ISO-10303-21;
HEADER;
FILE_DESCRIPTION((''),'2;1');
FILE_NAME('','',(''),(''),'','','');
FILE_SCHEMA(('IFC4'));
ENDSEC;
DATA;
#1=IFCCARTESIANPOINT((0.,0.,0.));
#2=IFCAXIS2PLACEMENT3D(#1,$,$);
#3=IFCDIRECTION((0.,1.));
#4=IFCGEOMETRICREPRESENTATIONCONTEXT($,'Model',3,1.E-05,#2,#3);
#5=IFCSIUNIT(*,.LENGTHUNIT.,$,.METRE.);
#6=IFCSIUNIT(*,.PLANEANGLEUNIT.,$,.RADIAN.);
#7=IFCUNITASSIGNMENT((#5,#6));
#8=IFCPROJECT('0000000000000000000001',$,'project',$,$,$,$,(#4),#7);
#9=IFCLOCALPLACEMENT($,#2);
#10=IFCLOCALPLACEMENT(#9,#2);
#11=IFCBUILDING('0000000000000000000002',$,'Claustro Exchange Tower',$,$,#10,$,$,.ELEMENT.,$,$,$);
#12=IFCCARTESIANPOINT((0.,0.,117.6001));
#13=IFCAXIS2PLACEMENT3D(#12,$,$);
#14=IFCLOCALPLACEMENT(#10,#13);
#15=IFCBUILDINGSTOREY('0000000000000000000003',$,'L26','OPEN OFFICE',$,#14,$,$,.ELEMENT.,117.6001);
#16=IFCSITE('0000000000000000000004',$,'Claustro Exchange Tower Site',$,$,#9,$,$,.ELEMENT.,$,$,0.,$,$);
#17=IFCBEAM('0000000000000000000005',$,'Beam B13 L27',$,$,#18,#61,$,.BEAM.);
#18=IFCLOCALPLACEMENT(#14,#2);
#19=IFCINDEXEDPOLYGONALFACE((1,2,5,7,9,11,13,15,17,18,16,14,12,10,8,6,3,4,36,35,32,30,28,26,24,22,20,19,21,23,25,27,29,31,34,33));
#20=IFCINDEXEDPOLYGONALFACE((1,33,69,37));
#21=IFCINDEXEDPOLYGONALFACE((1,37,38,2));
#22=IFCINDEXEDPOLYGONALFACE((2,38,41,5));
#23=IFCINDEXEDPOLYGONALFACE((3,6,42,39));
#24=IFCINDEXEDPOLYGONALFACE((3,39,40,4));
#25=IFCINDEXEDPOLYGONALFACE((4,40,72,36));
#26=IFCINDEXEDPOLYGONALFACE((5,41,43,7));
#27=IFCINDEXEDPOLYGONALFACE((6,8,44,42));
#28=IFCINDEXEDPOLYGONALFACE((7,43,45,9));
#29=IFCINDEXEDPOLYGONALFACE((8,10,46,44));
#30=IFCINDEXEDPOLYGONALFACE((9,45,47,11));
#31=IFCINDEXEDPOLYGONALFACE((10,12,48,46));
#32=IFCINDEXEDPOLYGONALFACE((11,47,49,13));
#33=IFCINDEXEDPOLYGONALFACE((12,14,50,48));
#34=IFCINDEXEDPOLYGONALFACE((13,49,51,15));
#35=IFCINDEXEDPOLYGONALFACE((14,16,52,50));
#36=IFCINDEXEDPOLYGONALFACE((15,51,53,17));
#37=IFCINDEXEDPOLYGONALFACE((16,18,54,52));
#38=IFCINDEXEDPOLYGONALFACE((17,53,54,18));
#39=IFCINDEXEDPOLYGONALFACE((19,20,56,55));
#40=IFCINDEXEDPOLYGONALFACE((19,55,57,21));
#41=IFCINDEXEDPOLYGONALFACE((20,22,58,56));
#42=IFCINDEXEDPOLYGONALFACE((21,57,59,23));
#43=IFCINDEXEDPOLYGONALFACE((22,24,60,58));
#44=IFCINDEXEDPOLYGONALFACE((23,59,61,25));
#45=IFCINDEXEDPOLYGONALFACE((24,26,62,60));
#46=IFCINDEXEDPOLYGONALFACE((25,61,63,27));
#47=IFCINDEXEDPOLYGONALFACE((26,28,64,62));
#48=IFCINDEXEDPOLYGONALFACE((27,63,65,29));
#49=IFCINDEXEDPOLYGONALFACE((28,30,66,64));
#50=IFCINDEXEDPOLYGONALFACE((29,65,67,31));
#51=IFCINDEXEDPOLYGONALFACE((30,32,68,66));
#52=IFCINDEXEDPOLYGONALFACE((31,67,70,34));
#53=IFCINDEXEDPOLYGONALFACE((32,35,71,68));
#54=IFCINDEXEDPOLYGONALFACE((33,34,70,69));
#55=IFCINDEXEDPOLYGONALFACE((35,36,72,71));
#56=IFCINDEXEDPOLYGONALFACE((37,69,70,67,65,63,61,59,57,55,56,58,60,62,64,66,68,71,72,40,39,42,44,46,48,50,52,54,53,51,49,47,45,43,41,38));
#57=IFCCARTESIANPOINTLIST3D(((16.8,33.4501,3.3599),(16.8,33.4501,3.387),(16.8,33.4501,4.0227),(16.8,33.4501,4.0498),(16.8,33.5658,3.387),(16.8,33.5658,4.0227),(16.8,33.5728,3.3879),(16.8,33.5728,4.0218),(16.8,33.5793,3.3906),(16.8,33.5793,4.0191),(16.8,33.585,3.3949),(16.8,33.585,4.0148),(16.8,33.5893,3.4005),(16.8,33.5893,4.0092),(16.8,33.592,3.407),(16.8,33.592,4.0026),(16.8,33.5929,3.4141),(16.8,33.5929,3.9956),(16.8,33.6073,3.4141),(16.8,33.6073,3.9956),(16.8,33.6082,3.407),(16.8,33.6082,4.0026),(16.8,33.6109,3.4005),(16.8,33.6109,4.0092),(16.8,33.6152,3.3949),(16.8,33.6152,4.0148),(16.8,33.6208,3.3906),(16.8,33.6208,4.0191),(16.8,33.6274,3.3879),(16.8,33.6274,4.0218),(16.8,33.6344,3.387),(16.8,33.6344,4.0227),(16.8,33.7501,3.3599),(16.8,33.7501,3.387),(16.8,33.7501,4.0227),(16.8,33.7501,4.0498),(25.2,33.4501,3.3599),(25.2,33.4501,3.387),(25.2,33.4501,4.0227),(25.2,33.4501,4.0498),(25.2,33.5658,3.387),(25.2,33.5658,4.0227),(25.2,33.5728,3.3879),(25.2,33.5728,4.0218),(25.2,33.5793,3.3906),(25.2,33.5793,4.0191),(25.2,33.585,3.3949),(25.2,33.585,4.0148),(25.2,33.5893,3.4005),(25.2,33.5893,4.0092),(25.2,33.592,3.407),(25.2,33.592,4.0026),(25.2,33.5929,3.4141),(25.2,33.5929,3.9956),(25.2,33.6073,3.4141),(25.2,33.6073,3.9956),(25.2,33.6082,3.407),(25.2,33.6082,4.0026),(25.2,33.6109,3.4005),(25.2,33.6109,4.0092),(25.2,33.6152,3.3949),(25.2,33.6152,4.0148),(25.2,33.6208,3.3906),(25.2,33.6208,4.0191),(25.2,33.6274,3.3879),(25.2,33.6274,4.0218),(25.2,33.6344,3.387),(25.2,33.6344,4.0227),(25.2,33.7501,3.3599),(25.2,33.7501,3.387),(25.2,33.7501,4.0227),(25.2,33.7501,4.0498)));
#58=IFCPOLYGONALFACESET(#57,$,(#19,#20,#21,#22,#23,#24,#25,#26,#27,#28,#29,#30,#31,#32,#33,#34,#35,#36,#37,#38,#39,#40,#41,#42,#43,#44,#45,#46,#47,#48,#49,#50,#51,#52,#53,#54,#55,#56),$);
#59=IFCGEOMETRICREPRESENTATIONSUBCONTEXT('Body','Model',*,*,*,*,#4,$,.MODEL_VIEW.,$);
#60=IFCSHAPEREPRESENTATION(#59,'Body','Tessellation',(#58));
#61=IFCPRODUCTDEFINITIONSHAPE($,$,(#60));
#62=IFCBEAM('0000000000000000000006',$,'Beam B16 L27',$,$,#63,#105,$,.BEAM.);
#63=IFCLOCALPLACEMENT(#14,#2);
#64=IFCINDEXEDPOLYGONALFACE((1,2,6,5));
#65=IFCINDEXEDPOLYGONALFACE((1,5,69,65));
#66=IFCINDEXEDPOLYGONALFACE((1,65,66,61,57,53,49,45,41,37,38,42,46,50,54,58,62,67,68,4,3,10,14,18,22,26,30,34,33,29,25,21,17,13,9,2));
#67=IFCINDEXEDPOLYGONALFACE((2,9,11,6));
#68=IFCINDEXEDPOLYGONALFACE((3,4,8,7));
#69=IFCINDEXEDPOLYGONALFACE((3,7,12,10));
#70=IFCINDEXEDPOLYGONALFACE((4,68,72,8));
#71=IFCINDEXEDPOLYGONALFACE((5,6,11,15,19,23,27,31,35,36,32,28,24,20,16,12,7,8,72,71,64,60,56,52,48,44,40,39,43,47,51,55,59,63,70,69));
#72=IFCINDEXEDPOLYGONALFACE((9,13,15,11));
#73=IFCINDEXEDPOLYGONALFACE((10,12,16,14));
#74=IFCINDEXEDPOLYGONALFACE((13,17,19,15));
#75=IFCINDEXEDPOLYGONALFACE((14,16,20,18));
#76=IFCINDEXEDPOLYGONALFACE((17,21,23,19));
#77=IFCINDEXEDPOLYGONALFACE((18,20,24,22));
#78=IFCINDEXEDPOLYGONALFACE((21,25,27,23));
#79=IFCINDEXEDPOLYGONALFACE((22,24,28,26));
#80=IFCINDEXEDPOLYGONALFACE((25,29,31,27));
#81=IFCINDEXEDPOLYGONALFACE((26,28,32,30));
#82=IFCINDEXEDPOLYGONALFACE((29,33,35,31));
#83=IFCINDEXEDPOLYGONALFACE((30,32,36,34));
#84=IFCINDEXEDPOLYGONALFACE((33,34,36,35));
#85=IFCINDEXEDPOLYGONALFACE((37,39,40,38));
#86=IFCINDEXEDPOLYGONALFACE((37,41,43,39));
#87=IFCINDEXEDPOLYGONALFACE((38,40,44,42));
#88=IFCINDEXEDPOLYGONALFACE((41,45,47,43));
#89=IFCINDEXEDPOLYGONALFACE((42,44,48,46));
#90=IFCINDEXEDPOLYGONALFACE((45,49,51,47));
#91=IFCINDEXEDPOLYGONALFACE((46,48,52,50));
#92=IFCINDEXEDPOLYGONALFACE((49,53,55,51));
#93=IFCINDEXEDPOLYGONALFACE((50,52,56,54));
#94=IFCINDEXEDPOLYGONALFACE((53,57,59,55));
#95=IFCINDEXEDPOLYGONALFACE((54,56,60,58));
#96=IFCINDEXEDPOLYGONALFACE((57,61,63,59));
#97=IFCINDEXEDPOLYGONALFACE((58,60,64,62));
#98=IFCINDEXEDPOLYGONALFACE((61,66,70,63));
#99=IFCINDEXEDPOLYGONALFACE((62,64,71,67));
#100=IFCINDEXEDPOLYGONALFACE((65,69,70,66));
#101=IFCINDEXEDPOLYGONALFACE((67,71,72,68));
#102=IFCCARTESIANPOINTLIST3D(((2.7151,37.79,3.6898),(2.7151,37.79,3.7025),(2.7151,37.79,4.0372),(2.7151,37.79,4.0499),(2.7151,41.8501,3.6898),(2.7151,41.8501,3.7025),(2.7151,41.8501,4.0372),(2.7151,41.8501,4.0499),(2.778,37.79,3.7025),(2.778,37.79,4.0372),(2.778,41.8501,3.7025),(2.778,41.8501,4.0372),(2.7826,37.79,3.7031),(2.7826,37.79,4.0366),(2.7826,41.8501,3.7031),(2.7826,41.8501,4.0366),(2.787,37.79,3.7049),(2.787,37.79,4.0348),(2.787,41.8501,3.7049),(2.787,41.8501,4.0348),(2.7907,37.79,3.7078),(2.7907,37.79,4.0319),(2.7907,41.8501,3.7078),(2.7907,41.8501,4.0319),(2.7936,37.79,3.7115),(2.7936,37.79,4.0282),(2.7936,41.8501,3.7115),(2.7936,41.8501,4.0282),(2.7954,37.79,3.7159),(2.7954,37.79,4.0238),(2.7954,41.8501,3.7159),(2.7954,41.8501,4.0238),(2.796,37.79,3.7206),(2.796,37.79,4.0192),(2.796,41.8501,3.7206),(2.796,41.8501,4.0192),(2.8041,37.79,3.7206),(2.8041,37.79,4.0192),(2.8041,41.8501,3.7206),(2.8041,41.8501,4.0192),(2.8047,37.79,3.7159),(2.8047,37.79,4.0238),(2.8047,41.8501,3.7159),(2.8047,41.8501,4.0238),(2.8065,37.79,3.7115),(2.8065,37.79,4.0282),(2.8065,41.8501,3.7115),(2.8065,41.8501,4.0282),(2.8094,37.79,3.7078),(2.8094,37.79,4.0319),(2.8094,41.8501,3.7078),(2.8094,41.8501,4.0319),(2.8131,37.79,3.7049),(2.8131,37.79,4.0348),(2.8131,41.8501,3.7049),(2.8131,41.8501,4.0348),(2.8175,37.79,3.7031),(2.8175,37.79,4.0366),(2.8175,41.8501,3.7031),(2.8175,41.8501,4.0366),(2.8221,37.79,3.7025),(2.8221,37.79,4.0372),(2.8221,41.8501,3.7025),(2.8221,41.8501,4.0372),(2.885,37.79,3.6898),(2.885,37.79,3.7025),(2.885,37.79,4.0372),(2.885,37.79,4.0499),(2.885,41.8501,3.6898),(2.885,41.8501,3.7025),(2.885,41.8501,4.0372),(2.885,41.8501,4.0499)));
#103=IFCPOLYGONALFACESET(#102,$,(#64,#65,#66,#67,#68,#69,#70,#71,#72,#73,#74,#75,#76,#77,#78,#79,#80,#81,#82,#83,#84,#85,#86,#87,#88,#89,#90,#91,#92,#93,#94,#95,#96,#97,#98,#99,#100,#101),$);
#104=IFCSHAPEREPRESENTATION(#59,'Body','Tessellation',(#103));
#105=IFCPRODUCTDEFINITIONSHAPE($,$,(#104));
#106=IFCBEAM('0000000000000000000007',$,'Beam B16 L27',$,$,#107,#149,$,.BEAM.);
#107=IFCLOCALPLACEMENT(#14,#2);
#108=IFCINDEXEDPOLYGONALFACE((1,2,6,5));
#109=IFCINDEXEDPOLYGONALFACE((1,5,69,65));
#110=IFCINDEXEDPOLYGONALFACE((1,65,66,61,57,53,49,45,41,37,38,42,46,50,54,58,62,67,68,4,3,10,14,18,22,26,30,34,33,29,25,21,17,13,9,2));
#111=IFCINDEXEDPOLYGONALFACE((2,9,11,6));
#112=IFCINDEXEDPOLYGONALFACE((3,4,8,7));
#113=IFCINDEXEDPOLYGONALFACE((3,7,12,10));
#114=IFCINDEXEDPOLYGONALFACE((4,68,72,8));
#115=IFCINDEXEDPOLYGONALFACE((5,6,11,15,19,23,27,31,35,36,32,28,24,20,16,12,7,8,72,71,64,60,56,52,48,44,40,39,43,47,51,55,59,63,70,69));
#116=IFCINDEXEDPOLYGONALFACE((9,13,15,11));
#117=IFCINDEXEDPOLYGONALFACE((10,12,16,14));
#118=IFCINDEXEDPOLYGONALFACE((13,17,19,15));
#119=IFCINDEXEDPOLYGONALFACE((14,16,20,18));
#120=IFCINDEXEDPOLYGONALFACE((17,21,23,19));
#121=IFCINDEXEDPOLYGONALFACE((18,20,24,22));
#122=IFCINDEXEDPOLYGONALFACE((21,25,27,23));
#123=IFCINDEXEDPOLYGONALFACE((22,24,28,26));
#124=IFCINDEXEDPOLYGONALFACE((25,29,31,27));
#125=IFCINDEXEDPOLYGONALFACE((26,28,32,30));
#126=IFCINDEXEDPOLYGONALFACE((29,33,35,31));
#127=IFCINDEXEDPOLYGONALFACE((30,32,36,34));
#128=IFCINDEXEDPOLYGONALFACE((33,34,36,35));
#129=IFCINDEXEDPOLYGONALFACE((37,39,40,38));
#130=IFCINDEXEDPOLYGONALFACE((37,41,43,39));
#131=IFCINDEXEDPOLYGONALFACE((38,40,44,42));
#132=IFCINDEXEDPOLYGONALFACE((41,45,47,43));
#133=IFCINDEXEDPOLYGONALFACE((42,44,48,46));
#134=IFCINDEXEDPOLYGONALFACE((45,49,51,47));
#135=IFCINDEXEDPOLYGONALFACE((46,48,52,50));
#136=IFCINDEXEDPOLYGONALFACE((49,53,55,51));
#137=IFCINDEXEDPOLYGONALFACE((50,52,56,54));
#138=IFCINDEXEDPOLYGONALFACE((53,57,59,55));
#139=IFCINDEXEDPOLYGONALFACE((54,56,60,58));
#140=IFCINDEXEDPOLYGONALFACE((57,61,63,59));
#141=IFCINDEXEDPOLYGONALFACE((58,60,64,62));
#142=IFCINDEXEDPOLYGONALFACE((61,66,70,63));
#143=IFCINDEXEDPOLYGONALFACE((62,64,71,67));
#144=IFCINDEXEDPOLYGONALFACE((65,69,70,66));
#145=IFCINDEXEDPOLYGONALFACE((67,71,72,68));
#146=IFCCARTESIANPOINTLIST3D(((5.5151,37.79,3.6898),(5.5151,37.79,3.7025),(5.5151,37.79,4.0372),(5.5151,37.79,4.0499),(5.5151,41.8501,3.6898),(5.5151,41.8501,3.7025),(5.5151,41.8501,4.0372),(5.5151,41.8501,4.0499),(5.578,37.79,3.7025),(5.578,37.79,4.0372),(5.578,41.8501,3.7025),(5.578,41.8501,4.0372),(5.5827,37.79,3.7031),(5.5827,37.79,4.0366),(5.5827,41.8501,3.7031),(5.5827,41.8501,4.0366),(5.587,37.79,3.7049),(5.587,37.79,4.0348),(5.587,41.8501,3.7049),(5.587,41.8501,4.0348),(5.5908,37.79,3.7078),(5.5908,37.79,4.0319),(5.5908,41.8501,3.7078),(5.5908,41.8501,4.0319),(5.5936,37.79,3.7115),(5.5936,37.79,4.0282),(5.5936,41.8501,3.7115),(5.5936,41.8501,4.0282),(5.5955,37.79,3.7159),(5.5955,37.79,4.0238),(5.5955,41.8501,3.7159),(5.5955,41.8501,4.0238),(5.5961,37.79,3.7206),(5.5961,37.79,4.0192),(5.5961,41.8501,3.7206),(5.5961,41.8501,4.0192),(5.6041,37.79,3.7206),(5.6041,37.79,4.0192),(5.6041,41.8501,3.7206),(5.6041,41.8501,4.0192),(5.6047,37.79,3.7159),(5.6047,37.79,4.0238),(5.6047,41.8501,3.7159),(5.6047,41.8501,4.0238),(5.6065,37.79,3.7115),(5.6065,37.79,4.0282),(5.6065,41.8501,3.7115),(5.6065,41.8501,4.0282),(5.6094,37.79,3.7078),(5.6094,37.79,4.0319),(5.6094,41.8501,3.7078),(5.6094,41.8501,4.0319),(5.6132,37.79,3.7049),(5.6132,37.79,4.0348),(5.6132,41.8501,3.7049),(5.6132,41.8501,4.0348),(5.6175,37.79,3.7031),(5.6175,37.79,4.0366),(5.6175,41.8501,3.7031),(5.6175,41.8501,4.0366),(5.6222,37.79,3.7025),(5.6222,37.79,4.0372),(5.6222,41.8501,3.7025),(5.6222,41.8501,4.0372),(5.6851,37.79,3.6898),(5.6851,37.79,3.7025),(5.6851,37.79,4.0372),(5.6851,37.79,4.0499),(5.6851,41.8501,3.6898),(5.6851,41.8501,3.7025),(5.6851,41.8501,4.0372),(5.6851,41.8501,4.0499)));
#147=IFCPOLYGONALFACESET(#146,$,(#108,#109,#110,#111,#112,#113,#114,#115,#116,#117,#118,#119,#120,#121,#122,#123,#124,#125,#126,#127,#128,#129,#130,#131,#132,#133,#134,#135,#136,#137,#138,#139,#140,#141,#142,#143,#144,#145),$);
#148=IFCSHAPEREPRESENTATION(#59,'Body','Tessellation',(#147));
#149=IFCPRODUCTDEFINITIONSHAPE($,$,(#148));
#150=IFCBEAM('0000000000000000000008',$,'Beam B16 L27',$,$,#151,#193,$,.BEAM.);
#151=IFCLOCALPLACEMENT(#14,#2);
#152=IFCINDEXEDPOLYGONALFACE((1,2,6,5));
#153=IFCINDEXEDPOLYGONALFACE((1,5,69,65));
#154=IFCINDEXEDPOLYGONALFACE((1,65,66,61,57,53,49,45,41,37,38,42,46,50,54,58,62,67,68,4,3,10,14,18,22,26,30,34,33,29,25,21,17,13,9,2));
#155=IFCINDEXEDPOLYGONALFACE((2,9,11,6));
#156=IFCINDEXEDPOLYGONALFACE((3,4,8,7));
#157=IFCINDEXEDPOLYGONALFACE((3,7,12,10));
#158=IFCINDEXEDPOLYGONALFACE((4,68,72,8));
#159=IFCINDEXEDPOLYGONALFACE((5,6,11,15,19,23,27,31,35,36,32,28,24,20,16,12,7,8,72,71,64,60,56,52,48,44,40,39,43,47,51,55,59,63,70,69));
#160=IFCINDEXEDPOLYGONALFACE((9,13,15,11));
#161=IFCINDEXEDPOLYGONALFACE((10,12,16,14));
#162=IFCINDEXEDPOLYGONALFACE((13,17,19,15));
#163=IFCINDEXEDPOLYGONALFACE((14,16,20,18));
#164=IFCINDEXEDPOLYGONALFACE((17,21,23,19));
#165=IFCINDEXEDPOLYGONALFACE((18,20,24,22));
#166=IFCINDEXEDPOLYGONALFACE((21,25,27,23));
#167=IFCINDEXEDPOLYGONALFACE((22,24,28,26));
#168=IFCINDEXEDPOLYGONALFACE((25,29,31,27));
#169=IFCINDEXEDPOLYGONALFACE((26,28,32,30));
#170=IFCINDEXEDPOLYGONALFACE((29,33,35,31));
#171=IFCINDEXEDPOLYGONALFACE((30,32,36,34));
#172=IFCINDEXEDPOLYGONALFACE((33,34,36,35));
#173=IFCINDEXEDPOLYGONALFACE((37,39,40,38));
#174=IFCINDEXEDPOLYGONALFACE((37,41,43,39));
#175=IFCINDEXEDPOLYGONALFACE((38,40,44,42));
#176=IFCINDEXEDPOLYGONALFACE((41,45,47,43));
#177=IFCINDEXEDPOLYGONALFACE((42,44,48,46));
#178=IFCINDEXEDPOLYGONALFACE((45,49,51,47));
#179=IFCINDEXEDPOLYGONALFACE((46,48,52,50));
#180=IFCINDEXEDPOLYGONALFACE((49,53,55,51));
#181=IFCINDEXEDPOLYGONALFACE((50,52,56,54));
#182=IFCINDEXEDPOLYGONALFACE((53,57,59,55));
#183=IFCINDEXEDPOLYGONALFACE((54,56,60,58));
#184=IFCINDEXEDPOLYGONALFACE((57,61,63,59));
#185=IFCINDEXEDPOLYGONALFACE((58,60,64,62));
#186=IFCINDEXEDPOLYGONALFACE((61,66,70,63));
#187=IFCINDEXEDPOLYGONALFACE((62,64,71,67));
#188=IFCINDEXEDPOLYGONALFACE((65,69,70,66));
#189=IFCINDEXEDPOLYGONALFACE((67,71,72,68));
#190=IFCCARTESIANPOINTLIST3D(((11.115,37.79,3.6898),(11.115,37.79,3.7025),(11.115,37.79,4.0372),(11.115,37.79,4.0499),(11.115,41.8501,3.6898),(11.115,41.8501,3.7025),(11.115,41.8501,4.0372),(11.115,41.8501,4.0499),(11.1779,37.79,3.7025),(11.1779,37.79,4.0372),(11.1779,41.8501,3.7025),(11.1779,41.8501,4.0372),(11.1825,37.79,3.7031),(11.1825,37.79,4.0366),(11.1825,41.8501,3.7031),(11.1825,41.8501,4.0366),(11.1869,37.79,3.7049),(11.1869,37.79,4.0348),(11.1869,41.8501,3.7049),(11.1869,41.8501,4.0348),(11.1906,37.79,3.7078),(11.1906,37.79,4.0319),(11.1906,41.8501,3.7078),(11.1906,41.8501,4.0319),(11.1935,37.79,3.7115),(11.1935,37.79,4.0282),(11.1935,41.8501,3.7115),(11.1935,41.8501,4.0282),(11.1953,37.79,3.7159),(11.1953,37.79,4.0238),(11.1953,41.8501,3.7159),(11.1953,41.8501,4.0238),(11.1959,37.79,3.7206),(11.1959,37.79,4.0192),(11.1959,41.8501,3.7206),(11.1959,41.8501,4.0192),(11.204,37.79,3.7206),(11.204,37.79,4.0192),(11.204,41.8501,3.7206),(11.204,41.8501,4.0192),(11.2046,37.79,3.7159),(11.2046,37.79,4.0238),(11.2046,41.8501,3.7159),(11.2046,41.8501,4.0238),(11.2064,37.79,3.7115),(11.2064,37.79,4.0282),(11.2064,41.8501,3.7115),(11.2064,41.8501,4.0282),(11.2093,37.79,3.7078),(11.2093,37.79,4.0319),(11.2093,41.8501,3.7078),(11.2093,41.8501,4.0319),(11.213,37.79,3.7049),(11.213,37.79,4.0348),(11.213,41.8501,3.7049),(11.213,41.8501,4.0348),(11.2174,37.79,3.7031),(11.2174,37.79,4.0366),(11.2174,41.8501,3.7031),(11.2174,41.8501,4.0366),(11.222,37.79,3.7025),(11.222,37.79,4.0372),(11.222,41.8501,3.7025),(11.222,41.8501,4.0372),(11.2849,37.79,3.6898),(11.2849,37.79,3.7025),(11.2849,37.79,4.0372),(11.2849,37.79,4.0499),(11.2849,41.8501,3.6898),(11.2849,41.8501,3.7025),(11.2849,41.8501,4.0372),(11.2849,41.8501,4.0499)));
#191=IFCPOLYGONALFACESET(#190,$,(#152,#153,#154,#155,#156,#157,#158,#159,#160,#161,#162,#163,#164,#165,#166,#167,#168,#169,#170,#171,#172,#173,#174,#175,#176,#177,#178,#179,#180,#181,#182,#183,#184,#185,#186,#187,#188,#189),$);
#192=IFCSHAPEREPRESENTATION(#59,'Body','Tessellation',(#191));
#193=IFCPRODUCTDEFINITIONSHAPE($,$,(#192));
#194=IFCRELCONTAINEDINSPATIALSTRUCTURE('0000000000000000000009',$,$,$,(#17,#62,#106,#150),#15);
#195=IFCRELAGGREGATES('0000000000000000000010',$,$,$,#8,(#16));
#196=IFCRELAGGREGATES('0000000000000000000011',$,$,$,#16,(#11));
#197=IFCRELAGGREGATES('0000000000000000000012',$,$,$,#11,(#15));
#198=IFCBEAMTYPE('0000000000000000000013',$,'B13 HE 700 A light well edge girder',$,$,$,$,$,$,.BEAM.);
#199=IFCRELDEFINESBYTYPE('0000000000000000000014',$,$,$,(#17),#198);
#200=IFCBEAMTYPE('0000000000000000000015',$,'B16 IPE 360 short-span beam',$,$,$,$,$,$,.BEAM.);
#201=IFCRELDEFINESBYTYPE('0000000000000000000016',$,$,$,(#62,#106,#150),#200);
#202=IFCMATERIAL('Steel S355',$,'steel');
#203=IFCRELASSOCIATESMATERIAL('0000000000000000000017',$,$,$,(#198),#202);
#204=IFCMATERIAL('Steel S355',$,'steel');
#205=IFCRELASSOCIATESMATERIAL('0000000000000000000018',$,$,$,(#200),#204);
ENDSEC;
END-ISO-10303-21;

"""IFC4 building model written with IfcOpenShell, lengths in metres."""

from ifc_helpers import new_model, si_unit, direction, frame, origin, origin_2d, place, context, subcontext, project, spatial, i_section, extrude, material, material_profile, profile_set, type_object, element, save


model = new_model("IFC4")

# Units and contexts
model_context = context("Model", 3, precision=1e-05, world=origin(), true_north=direction((0.0, 1.0)))
body_context = subcontext(model_context, "Body", "Model", "MODEL_VIEW")
ifc_project = project(units=[si_unit("LENGTHUNIT", "METRE"), si_unit("PLANEANGLEUNIT", "RADIAN")], contexts=[model_context])

# Site, building, storey
site_placement = place(None, origin())
site = spatial("IfcSite", under=ifc_project, at=site_placement, Name="Claustro Exchange Tower Site", CompositionType="ELEMENT", RefElevation=0.0)
building_placement = place(site_placement, origin())
building = spatial("IfcBuilding", under=site, at=building_placement, Name="Claustro Exchange Tower", CompositionType="ELEMENT")
storey_placement = place(building_placement, frame((0.0, 0.0, 117.6001)))
storey = spatial("IfcBuildingStorey", under=building, at=storey_placement, Name="L26", Description="OPEN OFFICE", CompositionType="ELEMENT", Elevation=117.6001)

# Beams
ifc_material_1 = material(Name="Steel S355", Category="steel")
ifc_material_profile_1 = material_profile(ifc_material_1, i_section(OverallWidth=0.3, OverallDepth=0.6899, WebThickness=0.0144, FlangeThickness=0.0271, FilletRadius=0.0271, at=origin_2d()), Name="HE 700 A")
ifc_profile_set_1 = profile_set([ifc_material_profile_1], Name="Steel S355")
beam_type_1 = type_object("IfcBeamType", Name="B13 HE 700 A light well edge girder", PredefinedType="BEAM", material=ifc_profile_set_1)
beam_placement = place(storey_placement, frame((16.8, 33.6001, 3.7048), z_axis=(1.0, 0.0, 0.0), x_axis=(0.0, 1.0, 0.0)))
element("IfcBeam", 1, at=beam_placement, inside=storey, type_object=beam_type_1, Name="Beam B13 L27", PredefinedType="BEAM", context=body_context, shape_type="SweptSolid", body=[
    extrude(i_section(OverallWidth=0.3, OverallDepth=0.6899, WebThickness=0.0144, FlangeThickness=0.0271, FilletRadius=0.0271, at=origin_2d()), origin(), (0.0, 0.0, 1.0), 8.3999),
])
ifc_material_2 = material(Name="Steel S355", Category="steel")
ifc_material_profile_2 = material_profile(ifc_material_2, i_section(OverallWidth=0.1699, OverallDepth=0.3601, WebThickness=0.0081, FlangeThickness=0.0127, FilletRadius=0.0181, at=origin_2d()), Name="IPE 360")
ifc_profile_set_2 = profile_set([ifc_material_profile_2], Name="Steel S355")
beam_type_2 = type_object("IfcBeamType", Name="B16 IPE 360 short-span beam", PredefinedType="BEAM", material=ifc_profile_set_2)
for number, where, z_axis, x_axis, name in (
    (2, (2.8, 37.79, 3.8699), (0.0, 1.0, 0.0), (-1.0, 0.0, 0.0), "Beam B16 L27"),
    (3, (5.6001, 37.79, 3.8699), (0.0, 1.0, 0.0), (-1.0, 0.0, 0.0), "Beam B16 L27"),
    (4, (11.2, 37.79, 3.8699), (0.0, 1.0, 0.0), (-1.0, 0.0, 0.0), "Beam B16 L27"),
):
    element("IfcBeam", number, at=place(storey_placement, frame(where, z_axis=z_axis, x_axis=x_axis)), inside=storey, type_object=beam_type_2, Name=name, PredefinedType="BEAM", context=body_context, shape_type="SweptSolid", body=[
        extrude(i_section(OverallWidth=0.1699, OverallDepth=0.3601, WebThickness=0.0081, FlangeThickness=0.0127, FilletRadius=0.0181, at=origin_2d()), origin(), (0.0, 0.0, 1.0), 4.0601),
    ])

save(model, "model.ifc")
